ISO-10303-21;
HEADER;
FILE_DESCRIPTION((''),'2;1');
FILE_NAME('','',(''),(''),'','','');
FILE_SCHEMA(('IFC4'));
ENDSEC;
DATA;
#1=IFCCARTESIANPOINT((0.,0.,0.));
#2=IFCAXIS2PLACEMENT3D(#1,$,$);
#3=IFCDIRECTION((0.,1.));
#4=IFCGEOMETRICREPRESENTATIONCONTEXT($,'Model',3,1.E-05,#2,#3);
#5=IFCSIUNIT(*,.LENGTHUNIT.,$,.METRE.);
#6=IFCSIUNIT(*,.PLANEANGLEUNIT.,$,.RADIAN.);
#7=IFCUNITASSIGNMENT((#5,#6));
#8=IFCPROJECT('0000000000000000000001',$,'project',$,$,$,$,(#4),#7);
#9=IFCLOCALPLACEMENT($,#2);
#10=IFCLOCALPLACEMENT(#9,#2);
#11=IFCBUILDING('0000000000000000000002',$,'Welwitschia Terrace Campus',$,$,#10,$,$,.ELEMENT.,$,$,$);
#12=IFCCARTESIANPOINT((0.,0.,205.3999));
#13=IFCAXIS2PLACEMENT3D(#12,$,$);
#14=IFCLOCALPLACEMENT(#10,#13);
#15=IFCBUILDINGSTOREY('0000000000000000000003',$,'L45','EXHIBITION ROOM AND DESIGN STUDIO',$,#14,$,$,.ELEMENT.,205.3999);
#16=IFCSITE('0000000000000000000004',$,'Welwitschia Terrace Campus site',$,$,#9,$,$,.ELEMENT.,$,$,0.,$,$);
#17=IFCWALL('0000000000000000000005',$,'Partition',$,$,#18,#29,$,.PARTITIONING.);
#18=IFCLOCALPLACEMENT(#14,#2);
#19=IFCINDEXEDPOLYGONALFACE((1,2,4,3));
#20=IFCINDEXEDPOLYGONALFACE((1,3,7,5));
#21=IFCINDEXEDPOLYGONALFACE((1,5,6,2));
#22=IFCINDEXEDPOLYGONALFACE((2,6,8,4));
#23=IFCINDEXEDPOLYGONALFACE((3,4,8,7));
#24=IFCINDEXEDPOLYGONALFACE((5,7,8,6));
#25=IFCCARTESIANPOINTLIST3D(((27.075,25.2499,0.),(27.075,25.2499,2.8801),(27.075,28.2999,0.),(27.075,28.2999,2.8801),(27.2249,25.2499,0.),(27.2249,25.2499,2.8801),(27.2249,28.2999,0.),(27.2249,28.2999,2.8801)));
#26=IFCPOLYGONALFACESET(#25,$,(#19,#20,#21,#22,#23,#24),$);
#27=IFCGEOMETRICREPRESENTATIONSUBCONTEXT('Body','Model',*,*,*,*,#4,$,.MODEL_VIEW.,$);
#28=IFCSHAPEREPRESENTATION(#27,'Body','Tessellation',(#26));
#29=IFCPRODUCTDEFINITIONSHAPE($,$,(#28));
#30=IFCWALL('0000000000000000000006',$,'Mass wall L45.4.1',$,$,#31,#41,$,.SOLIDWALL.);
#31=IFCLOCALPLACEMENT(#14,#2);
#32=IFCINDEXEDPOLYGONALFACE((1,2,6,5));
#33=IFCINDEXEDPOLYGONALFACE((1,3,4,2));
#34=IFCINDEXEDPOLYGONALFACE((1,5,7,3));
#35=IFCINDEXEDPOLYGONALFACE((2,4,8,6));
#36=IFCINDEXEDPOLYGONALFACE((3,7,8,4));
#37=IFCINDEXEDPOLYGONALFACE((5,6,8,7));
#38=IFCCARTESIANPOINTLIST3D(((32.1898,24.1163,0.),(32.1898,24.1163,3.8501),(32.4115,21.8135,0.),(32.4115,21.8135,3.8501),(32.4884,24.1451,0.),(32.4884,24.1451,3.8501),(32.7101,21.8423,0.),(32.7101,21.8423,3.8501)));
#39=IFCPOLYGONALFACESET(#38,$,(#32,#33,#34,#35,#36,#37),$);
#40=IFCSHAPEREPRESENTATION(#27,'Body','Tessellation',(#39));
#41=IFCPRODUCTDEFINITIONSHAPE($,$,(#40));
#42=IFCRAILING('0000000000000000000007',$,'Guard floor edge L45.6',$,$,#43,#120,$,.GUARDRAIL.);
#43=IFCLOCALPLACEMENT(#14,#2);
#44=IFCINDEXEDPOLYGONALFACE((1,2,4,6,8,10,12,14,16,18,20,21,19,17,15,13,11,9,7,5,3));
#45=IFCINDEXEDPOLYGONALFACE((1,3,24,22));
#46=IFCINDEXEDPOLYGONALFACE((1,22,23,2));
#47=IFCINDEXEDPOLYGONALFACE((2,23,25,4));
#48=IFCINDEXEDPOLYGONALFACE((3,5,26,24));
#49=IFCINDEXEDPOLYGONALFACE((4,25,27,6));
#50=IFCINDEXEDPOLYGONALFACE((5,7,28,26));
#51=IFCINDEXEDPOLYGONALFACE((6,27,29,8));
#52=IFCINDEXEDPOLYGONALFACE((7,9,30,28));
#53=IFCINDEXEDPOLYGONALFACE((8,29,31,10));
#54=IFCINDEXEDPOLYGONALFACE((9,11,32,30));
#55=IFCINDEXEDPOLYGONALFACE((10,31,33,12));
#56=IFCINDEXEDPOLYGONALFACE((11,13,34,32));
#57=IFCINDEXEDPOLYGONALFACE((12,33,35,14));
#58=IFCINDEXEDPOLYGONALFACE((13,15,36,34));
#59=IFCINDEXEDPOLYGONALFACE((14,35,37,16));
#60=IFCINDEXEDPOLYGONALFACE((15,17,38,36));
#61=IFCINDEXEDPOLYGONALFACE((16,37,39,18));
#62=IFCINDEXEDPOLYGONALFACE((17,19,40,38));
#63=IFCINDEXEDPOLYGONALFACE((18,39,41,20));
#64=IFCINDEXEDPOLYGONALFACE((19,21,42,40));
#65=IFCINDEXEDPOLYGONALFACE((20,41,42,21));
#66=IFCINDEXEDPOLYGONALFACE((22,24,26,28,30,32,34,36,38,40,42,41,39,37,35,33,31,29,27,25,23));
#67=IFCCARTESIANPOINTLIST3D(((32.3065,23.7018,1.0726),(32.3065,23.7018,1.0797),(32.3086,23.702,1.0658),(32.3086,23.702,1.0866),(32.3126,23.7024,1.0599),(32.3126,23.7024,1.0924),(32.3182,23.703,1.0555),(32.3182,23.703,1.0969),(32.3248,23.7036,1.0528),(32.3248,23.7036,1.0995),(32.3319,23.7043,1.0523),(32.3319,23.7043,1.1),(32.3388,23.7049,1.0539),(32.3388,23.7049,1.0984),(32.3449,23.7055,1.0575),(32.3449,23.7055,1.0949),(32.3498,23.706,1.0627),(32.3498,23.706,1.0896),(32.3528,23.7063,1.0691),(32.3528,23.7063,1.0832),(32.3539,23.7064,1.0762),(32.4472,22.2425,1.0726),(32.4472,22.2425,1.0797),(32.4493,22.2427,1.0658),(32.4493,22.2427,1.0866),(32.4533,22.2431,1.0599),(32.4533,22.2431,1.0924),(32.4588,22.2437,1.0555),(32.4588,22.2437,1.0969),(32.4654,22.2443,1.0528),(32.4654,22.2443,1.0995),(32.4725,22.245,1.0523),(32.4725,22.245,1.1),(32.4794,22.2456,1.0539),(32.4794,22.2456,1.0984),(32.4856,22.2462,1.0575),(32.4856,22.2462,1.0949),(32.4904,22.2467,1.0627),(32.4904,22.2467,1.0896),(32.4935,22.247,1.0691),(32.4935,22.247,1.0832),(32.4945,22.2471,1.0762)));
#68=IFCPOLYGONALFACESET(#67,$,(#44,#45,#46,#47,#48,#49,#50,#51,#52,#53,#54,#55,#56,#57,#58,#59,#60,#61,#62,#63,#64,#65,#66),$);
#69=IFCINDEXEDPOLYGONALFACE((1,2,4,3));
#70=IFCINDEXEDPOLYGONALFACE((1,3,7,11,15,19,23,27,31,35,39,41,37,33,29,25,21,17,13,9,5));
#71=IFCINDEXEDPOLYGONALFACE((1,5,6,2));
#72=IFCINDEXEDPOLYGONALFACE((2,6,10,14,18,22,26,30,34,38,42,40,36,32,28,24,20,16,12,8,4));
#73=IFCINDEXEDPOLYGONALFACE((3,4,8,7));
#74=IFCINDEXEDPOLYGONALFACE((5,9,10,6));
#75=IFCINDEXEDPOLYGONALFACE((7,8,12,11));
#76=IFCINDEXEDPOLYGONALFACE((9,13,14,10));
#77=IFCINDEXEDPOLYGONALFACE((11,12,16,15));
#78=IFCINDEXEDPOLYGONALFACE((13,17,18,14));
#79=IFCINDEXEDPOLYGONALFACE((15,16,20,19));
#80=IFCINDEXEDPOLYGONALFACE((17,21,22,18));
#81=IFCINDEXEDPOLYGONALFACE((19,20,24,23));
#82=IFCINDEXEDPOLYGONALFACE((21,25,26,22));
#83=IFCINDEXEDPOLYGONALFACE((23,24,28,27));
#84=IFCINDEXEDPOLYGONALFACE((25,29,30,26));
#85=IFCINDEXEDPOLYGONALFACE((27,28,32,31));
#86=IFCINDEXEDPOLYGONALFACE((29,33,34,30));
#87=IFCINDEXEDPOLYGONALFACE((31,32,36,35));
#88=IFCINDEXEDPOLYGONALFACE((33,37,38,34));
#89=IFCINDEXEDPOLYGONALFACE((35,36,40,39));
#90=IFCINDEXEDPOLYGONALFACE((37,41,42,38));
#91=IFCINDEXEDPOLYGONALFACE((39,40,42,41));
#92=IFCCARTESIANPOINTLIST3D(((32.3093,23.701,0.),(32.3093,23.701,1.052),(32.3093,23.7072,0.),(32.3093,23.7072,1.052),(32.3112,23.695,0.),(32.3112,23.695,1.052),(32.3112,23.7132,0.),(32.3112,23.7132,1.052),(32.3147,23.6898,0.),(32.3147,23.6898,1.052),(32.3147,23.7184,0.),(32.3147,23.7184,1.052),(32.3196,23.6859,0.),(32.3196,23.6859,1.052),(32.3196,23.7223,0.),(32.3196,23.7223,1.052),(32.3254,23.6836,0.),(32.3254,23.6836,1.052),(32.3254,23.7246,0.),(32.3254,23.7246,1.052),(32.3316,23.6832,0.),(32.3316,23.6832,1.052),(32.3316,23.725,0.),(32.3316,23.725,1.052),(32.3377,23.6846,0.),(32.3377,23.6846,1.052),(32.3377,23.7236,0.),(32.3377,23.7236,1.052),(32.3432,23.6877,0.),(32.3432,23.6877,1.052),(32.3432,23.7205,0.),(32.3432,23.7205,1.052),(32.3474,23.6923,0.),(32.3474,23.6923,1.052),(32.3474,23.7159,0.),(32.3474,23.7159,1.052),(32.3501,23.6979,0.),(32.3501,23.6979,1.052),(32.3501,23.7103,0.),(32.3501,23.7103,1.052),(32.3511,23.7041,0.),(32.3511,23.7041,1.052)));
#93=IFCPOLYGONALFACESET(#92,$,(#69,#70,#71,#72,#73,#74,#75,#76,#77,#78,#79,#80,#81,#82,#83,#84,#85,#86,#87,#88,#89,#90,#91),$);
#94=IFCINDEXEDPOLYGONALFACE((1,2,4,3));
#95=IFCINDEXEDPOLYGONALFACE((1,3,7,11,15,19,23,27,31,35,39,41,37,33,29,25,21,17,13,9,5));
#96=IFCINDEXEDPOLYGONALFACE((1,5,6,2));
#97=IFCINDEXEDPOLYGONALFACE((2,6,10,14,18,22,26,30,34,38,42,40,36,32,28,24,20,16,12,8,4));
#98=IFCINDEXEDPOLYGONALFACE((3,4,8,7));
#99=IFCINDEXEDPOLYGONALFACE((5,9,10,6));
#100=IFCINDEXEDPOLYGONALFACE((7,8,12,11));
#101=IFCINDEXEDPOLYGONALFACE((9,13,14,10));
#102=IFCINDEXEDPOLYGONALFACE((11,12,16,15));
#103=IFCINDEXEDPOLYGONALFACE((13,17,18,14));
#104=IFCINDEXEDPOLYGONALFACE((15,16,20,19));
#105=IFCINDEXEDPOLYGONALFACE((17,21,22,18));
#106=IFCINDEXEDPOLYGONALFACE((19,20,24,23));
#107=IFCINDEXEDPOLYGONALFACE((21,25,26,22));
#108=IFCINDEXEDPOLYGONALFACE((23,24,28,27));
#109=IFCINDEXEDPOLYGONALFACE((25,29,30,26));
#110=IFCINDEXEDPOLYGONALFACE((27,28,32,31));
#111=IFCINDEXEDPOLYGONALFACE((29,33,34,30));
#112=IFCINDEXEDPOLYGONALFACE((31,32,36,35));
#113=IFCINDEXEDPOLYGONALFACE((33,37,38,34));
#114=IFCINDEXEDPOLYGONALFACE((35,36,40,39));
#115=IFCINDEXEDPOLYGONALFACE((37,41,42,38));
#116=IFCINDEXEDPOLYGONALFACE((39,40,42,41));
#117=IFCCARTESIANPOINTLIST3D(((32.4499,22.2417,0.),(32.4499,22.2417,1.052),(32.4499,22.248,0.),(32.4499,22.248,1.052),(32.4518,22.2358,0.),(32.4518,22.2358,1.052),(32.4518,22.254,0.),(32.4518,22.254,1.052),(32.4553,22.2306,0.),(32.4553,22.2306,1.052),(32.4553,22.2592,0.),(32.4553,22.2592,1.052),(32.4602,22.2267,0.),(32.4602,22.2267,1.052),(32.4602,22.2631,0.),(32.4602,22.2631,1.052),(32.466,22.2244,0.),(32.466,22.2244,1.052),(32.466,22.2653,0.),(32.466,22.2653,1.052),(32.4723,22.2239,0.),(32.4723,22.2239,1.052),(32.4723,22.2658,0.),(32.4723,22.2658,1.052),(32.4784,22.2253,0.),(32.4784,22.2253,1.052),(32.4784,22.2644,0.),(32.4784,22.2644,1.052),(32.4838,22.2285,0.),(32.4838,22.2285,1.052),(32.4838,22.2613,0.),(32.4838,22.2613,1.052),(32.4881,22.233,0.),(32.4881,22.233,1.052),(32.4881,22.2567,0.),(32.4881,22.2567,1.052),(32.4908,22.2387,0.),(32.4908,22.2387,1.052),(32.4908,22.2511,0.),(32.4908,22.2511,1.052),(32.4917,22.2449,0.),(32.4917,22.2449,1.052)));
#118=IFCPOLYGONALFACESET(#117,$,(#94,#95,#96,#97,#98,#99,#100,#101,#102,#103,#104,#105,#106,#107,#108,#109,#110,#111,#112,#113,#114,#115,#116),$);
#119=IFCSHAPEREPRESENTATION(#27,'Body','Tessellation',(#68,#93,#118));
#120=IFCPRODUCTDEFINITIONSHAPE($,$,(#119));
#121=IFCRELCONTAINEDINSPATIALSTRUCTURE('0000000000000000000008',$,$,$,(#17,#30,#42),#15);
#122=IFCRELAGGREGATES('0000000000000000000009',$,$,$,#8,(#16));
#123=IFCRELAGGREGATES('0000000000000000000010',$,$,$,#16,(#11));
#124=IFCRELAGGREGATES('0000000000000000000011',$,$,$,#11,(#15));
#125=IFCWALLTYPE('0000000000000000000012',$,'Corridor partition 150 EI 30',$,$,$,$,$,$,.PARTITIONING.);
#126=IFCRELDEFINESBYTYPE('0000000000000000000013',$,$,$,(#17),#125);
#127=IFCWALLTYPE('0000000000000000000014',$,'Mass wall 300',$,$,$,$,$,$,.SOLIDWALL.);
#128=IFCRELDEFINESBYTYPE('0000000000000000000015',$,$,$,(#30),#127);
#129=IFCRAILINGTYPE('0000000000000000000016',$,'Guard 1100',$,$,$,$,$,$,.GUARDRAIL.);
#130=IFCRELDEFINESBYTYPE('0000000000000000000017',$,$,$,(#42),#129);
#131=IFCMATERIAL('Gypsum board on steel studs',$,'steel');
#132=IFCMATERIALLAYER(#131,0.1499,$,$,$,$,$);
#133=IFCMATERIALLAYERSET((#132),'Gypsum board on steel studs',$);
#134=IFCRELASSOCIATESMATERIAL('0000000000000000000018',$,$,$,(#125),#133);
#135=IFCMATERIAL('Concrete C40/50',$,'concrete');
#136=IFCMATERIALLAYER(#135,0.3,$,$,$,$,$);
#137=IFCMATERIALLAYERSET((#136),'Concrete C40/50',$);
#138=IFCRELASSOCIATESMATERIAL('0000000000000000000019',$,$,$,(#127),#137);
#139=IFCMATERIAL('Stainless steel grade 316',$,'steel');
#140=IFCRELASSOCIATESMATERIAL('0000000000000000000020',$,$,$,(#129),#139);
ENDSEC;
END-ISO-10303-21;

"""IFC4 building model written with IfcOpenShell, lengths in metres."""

from ifc_helpers import new_model, si_unit, direction, frame, frame_2d, origin, origin_2d, place, context, subcontext, project, spatial, rectangle, circle, extrude, material, layer, layer_set, type_object, element, save


model = new_model("IFC4")

# Units and contexts
model_context = context("Model", 3, precision=1e-05, world=origin(), true_north=direction((0.0, 1.0)))
body_context = subcontext(model_context, "Body", "Model", "MODEL_VIEW")
ifc_project = project(units=[si_unit("LENGTHUNIT", "METRE"), si_unit("PLANEANGLEUNIT", "RADIAN")], contexts=[model_context])

# Site, building, storey
site_placement = place(None, origin())
site = spatial("IfcSite", under=ifc_project, at=site_placement, Name="Welwitschia Terrace Campus site", CompositionType="ELEMENT", RefElevation=0.0)
building_placement = place(site_placement, origin())
building = spatial("IfcBuilding", under=site, at=building_placement, Name="Welwitschia Terrace Campus", CompositionType="ELEMENT")
storey_placement = place(building_placement, frame((0.0, 0.0, 205.3999)))
storey = spatial("IfcBuildingStorey", under=building, at=storey_placement, Name="L45", Description="EXHIBITION ROOM AND DESIGN STUDIO", CompositionType="ELEMENT", Elevation=205.3999)

# Shared definitions
ifc_material_1 = material(Name="Gypsum board on steel studs", Category="steel")
ifc_layer_1 = layer(ifc_material_1, 0.1499)
ifc_layer_set_1 = layer_set([ifc_layer_1], Name="Gypsum board on steel studs")
wall_type_1 = type_object("IfcWallType", Name="Corridor partition 150 EI 30", PredefinedType="PARTITIONING", material=ifc_layer_set_1)

# Walls
wall_1_placement = place(storey_placement, frame((27.1499, 25.25, 0.0), z_axis=(0.0, 0.0, 1.0), x_axis=(0.0, 1.0, 0.0)))
element("IfcWall", 1, at=wall_1_placement, inside=storey, type_object=wall_type_1, Name="Partition", PredefinedType="PARTITIONING", context=body_context, shape_type="SweptSolid", body=[
    extrude(rectangle(XDim=3.05, YDim=0.1499, at=frame_2d((1.5249, 0.0))), origin(), (0.0, 0.0, 1.0), 2.8801),
])
ifc_material_2 = material(Name="Concrete C40/50", Category="concrete")
ifc_layer_2 = layer(ifc_material_2, 0.3)
ifc_layer_set_2 = layer_set([ifc_layer_2], Name="Concrete C40/50")
wall_type_2 = type_object("IfcWallType", Name="Mass wall 300", PredefinedType="SOLIDWALL", material=ifc_layer_set_2)
wall_2_placement = place(storey_placement, frame((32.5608, 21.8279, 0.0), z_axis=(0.0, 0.0, 1.0), x_axis=(-0.095825, 0.995398, 0.0)))
element("IfcWall", 2, at=wall_2_placement, inside=storey, type_object=wall_type_2, Name="Mass wall L45.4.1", PredefinedType="SOLIDWALL", context=body_context, shape_type="SweptSolid", body=[
    extrude(rectangle(XDim=2.3135, YDim=0.3, at=frame_2d((1.1567, 0.0))), origin(), (0.0, 0.0, 1.0), 3.8501),
])

# Railing
ifc_material_3 = material(Name="Stainless steel grade 316", Category="steel")
railing_type = type_object("IfcRailingType", Name="Guard 1100", PredefinedType="GUARDRAIL", material=ifc_material_3)
railing_1_placement = place(storey_placement, frame((32.3301, 23.7041, 0.0)))
element("IfcRailing", 3, at=railing_1_placement, inside=storey, type_object=railing_type, Name="Guard floor edge L45.6", PredefinedType="GUARDRAIL", context=body_context, shape_type="SweptSolid", body=[
    extrude(circle(Radius=0.0239, at=origin_2d()), frame((0.0, 0.0, 1.0762), z_axis=(0.095925, -0.995389, 0.0), x_axis=(0.995389, 0.095925, 0.0)), (0.0, 0.0, 1.0), 1.4661),
    extrude(circle(Radius=0.021, at=origin_2d()), origin(), (0.0, 0.0, 1.0), 1.052),
    extrude(circle(Radius=0.021, at=origin_2d()), frame((0.1406, -1.4592, 0.0)), (0.0, 0.0, 1.0), 1.052),
])

save(model, "model.ifc")
